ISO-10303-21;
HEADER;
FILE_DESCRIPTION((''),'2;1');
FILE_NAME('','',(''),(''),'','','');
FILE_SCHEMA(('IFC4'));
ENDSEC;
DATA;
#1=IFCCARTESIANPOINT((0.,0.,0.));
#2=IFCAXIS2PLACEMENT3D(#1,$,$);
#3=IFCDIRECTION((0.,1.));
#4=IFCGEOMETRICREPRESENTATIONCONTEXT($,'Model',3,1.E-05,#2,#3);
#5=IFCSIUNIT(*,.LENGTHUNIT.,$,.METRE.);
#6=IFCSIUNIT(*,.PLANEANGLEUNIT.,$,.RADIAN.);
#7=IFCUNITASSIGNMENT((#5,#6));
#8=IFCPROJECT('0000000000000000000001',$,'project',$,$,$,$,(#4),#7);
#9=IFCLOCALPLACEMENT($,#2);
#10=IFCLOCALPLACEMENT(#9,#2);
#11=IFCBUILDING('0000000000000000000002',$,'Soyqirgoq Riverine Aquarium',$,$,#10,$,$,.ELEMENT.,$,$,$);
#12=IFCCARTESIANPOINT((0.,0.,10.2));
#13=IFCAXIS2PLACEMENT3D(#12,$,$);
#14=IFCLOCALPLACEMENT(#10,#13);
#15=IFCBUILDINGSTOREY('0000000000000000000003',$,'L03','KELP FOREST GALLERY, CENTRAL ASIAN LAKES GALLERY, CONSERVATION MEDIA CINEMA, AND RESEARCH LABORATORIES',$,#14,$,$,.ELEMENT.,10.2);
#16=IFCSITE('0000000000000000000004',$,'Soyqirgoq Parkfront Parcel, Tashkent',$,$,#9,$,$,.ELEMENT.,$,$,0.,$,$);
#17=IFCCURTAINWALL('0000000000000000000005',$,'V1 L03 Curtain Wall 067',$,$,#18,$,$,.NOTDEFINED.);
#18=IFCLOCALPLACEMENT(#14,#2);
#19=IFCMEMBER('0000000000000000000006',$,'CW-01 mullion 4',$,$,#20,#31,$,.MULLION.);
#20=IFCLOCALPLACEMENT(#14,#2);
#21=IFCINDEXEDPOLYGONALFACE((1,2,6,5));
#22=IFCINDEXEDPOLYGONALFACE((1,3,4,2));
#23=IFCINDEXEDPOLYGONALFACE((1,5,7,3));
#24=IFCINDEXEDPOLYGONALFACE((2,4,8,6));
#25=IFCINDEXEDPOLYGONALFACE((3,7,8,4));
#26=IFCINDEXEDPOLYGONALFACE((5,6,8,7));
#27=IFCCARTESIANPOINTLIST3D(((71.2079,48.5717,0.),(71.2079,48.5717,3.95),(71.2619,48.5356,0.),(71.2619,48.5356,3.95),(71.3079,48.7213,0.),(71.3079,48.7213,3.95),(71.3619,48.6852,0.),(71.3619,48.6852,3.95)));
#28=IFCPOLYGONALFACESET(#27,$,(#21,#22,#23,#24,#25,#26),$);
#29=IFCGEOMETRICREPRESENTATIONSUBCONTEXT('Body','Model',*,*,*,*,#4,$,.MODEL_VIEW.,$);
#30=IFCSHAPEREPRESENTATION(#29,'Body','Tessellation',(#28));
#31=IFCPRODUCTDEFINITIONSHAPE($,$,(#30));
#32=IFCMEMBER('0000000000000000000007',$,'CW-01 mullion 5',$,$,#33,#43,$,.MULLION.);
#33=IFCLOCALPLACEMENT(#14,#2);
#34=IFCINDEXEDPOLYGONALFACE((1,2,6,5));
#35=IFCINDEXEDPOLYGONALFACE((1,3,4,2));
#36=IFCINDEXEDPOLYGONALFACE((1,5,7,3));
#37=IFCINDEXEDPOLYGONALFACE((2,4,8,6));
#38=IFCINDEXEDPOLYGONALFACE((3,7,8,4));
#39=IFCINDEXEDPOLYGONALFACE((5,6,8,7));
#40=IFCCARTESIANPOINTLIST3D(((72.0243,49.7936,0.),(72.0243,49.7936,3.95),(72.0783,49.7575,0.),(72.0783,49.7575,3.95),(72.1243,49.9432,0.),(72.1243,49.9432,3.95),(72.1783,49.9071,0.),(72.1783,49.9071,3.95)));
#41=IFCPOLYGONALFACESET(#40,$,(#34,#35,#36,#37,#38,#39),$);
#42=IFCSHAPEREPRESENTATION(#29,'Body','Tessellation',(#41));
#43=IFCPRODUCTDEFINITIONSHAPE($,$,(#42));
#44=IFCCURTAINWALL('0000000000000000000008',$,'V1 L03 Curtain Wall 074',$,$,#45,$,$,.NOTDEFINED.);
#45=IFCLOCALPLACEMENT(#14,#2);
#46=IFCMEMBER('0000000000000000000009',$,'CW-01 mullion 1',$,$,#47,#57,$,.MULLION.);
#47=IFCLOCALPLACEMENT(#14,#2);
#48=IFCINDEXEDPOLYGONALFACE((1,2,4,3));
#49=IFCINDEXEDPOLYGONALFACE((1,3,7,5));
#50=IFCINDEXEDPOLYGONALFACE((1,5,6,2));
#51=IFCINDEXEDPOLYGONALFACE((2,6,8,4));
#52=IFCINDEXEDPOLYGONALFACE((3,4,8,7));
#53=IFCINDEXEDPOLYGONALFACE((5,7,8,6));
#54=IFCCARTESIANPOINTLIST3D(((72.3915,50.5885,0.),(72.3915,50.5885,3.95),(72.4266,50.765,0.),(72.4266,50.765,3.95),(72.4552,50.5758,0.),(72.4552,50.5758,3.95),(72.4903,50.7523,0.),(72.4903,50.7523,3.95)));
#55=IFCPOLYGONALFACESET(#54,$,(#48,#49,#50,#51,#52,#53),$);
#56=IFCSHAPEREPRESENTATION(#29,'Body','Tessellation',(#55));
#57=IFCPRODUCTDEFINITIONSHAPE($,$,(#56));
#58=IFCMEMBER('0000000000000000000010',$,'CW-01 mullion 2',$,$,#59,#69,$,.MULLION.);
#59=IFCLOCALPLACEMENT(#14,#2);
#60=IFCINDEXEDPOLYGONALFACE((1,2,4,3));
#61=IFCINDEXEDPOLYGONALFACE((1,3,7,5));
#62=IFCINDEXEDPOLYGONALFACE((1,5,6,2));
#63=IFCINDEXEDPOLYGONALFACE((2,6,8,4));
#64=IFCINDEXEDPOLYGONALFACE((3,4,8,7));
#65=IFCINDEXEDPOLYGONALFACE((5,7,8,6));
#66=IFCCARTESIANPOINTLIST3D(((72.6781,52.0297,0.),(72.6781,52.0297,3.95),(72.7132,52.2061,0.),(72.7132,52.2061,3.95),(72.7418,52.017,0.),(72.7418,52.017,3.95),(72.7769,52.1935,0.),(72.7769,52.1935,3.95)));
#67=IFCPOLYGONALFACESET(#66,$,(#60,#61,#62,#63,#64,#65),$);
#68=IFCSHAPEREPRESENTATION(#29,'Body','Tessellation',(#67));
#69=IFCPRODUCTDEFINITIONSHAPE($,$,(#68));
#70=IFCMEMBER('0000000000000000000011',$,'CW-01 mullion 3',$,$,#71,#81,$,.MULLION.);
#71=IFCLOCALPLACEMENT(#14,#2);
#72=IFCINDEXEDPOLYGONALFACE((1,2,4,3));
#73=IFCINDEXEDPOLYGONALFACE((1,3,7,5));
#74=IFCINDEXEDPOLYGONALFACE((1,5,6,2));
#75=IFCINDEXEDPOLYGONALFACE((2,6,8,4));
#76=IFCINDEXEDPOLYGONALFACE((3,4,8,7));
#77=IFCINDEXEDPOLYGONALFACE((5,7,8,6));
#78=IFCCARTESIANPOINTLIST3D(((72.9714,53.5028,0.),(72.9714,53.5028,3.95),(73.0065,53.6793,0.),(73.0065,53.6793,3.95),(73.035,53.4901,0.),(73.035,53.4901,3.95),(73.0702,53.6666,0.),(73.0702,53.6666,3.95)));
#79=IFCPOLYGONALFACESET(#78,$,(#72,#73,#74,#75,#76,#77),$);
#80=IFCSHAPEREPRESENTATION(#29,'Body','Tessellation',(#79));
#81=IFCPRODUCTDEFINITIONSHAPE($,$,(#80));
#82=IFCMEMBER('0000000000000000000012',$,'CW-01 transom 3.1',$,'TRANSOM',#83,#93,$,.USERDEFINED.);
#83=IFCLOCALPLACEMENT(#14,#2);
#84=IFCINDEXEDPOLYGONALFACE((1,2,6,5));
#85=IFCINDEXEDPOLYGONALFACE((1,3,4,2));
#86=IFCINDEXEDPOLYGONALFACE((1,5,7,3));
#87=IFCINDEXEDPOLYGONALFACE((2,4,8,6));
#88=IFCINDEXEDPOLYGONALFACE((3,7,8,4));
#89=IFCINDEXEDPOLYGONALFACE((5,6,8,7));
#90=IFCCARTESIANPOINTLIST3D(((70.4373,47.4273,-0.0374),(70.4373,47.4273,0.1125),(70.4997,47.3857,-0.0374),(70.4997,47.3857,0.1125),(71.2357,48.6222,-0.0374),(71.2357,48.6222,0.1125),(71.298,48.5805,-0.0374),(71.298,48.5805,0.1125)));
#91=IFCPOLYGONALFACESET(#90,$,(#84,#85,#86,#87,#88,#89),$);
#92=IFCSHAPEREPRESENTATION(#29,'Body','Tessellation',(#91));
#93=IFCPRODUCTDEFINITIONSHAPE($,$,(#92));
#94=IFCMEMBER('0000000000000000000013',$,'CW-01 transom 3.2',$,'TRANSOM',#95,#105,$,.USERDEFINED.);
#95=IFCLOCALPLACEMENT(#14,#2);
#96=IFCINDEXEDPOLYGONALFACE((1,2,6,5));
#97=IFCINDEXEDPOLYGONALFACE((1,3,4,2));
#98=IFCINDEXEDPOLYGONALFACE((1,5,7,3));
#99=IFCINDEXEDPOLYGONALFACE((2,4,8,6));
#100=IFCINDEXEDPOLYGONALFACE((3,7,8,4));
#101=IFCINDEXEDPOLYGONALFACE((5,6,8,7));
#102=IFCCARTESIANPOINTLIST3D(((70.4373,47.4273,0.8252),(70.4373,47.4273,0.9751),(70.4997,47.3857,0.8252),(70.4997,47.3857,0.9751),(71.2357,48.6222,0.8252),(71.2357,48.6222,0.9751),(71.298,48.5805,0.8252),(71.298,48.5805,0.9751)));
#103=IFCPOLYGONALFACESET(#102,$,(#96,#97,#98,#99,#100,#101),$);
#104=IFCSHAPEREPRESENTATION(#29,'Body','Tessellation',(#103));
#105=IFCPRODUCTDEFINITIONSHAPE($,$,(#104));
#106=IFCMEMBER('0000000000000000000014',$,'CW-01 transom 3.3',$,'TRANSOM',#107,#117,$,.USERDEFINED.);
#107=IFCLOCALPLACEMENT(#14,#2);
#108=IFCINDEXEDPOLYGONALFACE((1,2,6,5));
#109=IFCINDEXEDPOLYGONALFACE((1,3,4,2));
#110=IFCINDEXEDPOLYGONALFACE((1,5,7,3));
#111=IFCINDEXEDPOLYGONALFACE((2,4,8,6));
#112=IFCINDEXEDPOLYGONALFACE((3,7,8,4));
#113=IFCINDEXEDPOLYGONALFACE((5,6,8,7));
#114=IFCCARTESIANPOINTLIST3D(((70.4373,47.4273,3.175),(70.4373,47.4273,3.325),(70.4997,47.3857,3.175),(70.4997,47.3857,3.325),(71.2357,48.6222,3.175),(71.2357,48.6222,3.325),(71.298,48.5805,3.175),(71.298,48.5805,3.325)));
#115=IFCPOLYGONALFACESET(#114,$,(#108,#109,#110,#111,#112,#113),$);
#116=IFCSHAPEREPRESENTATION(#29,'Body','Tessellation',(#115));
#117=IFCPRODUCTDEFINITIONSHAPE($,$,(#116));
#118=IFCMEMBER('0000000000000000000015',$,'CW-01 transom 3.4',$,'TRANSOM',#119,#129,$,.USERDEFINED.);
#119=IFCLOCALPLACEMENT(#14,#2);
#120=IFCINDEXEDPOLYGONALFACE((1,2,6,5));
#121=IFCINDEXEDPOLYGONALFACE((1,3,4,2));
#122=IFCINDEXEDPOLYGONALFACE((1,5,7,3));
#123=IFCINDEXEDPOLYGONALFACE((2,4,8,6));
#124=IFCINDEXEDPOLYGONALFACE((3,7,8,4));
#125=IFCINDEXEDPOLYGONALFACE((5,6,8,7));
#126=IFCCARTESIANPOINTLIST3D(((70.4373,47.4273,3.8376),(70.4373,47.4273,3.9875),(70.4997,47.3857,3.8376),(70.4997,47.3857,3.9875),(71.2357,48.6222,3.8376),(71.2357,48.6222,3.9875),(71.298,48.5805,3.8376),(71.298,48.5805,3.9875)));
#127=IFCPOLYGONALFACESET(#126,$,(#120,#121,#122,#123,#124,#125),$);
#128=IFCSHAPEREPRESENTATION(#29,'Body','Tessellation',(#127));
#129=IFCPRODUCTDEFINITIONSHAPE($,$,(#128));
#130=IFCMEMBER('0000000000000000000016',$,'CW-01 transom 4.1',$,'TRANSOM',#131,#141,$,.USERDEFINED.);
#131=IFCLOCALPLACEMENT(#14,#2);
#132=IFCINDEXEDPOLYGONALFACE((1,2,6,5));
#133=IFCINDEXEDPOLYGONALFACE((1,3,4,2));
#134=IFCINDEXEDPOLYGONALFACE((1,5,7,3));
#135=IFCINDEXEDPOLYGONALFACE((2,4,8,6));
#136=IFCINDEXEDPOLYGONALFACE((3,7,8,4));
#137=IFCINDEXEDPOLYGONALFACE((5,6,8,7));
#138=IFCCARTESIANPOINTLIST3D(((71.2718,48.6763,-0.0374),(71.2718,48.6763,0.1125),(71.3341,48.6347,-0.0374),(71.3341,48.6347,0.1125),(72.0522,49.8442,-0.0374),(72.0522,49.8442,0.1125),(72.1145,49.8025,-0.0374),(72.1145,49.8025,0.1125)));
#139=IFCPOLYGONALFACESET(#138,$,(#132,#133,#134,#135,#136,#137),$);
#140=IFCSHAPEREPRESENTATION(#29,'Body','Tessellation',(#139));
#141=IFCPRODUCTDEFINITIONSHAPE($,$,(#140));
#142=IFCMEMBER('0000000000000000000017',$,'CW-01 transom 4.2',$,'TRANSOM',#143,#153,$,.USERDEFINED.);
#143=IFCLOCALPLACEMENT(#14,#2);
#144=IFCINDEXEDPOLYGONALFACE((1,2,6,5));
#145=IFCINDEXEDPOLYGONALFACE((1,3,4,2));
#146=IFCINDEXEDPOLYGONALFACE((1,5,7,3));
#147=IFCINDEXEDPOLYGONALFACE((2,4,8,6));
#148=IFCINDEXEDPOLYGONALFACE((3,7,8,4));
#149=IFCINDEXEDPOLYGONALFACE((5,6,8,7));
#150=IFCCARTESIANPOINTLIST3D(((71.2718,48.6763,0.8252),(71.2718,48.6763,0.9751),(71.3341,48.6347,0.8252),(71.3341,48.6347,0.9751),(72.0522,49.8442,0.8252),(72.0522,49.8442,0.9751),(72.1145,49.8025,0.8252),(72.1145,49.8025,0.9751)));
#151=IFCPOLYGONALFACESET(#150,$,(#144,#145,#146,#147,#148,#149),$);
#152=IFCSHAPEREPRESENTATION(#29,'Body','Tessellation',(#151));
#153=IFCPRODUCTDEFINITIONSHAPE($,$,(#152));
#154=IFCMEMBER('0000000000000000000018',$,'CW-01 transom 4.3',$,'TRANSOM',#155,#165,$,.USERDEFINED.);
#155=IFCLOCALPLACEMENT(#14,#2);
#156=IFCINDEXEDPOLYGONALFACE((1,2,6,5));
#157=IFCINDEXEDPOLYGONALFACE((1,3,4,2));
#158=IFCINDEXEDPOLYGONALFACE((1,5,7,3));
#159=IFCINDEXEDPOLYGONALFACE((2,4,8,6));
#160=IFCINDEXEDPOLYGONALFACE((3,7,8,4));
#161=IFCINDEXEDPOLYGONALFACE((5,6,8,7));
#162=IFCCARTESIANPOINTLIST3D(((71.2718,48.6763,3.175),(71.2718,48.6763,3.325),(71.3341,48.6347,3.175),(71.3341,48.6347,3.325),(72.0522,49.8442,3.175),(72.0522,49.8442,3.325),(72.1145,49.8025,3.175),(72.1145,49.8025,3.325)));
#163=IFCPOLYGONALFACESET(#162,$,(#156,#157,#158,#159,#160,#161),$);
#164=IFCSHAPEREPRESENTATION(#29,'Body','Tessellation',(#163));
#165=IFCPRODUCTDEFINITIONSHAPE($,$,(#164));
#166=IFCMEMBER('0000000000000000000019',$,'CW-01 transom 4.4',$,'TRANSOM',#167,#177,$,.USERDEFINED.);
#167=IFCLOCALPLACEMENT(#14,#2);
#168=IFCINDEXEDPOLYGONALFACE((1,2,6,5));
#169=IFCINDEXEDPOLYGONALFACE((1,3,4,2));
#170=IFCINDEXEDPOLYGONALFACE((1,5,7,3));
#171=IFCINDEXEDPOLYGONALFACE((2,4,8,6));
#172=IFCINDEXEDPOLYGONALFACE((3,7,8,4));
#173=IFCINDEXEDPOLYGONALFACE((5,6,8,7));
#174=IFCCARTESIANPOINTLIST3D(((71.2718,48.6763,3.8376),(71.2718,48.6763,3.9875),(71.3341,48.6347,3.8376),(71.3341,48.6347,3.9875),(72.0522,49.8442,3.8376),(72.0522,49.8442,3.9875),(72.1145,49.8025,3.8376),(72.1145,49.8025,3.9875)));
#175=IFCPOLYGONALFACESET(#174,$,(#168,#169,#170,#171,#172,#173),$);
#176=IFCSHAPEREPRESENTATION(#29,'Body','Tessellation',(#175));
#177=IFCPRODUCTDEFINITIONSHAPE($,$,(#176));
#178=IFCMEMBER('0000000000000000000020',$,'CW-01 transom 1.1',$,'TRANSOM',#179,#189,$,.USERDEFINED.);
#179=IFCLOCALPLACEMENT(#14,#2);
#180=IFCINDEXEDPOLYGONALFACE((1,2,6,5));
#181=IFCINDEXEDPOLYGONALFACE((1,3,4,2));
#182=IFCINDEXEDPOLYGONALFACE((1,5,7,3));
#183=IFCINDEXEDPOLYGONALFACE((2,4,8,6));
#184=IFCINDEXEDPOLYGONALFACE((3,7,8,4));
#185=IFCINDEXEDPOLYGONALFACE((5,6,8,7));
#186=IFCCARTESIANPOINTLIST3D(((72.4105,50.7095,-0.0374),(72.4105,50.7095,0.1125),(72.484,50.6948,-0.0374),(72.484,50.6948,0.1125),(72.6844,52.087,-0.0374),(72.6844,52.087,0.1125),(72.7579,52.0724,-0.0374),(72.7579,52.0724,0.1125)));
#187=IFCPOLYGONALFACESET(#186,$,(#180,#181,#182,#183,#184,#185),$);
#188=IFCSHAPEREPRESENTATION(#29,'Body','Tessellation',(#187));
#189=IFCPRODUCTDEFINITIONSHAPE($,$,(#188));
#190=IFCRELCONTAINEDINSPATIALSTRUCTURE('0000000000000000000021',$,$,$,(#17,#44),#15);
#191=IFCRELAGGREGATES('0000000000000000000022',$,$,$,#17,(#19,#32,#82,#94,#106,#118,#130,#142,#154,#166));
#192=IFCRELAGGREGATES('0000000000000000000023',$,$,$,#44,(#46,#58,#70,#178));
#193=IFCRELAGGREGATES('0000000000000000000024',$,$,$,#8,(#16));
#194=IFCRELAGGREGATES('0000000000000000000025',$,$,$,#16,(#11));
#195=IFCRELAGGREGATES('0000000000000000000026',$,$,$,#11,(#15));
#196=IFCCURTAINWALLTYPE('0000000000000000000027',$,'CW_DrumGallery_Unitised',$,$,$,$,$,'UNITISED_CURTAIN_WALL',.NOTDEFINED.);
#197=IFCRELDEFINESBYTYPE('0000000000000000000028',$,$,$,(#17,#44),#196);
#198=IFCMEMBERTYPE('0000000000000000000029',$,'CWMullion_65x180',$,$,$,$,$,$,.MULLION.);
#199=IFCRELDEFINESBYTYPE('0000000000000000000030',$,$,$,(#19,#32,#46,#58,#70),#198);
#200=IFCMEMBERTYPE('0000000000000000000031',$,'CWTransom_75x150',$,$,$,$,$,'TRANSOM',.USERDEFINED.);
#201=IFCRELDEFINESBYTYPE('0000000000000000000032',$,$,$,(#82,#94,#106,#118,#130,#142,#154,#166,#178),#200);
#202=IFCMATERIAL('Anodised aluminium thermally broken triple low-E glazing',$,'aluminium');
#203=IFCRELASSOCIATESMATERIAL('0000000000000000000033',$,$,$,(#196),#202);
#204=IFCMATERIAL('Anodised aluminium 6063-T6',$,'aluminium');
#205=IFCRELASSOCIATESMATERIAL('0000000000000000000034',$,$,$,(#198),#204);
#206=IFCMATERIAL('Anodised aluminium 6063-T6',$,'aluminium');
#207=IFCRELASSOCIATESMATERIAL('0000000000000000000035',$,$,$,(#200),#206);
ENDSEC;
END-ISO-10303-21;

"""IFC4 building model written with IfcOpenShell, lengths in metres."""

from ifc_helpers import new_model, si_unit, direction, frame, origin, origin_2d, place, context, subcontext, project, spatial, rectangle, extrude, material, material_profile, profile_set, type_object, element, aggregate, save


model = new_model("IFC4")

# Units and contexts
model_context = context("Model", 3, precision=1e-05, world=origin(), true_north=direction((0.0, 1.0)))
body_context = subcontext(model_context, "Body", "Model", "MODEL_VIEW")
ifc_project = project(units=[si_unit("LENGTHUNIT", "METRE"), si_unit("PLANEANGLEUNIT", "RADIAN")], contexts=[model_context])

# Site, building, storey
site_placement = place(None, origin())
site = spatial("IfcSite", under=ifc_project, at=site_placement, Name="Soyqirgoq Parkfront Parcel, Tashkent", CompositionType="ELEMENT", RefElevation=0.0)
building_placement = place(site_placement, origin())
building = spatial("IfcBuilding", under=site, at=building_placement, Name="Soyqirgoq Riverine Aquarium", CompositionType="ELEMENT")
storey_placement = place(building_placement, frame((0.0, 0.0, 10.2)))
storey = spatial("IfcBuildingStorey", under=building, at=storey_placement, Name="L03", Description="KELP FOREST GALLERY, CENTRAL ASIAN LAKES GALLERY, CONSERVATION MEDIA CINEMA, AND RESEARCH LABORATORIES", CompositionType="ELEMENT", Elevation=10.2)

# Curtain walls, members
ifc_material_1 = material(Name="Anodised aluminium thermally broken triple low-E glazing", Category="aluminium")
curtain_wall_type = type_object("IfcCurtainWallType", Name="CW_DrumGallery_Unitised", ElementType="UNITISED_CURTAIN_WALL", PredefinedType="NOTDEFINED", material=ifc_material_1)
curtain_wall_1_placement = place(storey_placement, origin())
curtain_wall_1 = element("IfcCurtainWall", 1, at=curtain_wall_1_placement, inside=storey, type_object=curtain_wall_type, Name="V1 L03 Curtain Wall 067", PredefinedType="NOTDEFINED")
ifc_material_2 = material(Name="Anodised aluminium 6063-T6", Category="aluminium")
ifc_material_profile_1 = material_profile(ifc_material_2, rectangle(XDim=0.0649, YDim=0.1799, at=origin_2d()), Name="ALU-M 65x180")
ifc_profile_set_1 = profile_set([ifc_material_profile_1], Name="Anodised aluminium 6063-T6")
member_type_1 = type_object("IfcMemberType", Name="CWMullion_65x180", PredefinedType="MULLION", material=ifc_profile_set_1)
member_1_placement = place(storey_placement, frame((71.2849, 48.6284, 0.0), z_axis=(0.0, 0.0, 1.0), x_axis=(-0.831469, 0.555572, 0.0)))
member_1 = element("IfcMember", 2, at=member_1_placement, type_object=member_type_1, Name="CW-01 mullion 4", PredefinedType="MULLION", context=body_context, shape_type="SweptSolid", body=[
    extrude(rectangle(XDim=0.0649, YDim=0.1799, at=origin_2d()), origin(), (0.0, 0.0, 1.0), 3.95),
])
member_2_placement = place(storey_placement, frame((72.1013, 49.8503, 0.0), z_axis=(0.0, 0.0, 1.0), x_axis=(-0.831469, 0.555572, 0.0)))
member_2 = element("IfcMember", 3, at=member_2_placement, type_object=member_type_1, Name="CW-01 mullion 5", PredefinedType="MULLION", context=body_context, shape_type="SweptSolid", body=[
    extrude(rectangle(XDim=0.0649, YDim=0.1799, at=origin_2d()), origin(), (0.0, 0.0, 1.0), 3.95),
])
curtain_wall_2_placement = place(storey_placement, origin())
curtain_wall_2 = element("IfcCurtainWall", 4, at=curtain_wall_2_placement, inside=storey, type_object=curtain_wall_type, Name="V1 L03 Curtain Wall 074", PredefinedType="NOTDEFINED")
member_3_placement = place(storey_placement, frame((72.4409, 50.6704, 0.0), z_axis=(0.0, 0.0, 1.0), x_axis=(-0.980784, 0.195095, 0.0)))
member_3 = element("IfcMember", 5, at=member_3_placement, type_object=member_type_1, Name="CW-01 mullion 1", PredefinedType="MULLION", context=body_context, shape_type="SweptSolid", body=[
    extrude(rectangle(XDim=0.0649, YDim=0.1799, at=origin_2d()), origin(), (0.0, 0.0, 1.0), 3.95),
])
member_4_placement = place(storey_placement, frame((72.7275, 52.1116, 0.0), z_axis=(0.0, 0.0, 1.0), x_axis=(-0.980784, 0.195095, 0.0)))
member_4 = element("IfcMember", 6, at=member_4_placement, type_object=member_type_1, Name="CW-01 mullion 2", PredefinedType="MULLION", context=body_context, shape_type="SweptSolid", body=[
    extrude(rectangle(XDim=0.0649, YDim=0.1799, at=origin_2d()), origin(), (0.0, 0.0, 1.0), 3.95),
])
member_5_placement = place(storey_placement, frame((73.0208, 53.5847, 0.0), z_axis=(0.0, 0.0, 1.0), x_axis=(-0.980784, 0.195095, 0.0)))
member_5 = element("IfcMember", 7, at=member_5_placement, type_object=member_type_1, Name="CW-01 mullion 3", PredefinedType="MULLION", context=body_context, shape_type="SweptSolid", body=[
    extrude(rectangle(XDim=0.0649, YDim=0.1799, at=origin_2d()), origin(), (0.0, 0.0, 1.0), 3.95),
])

# Members
ifc_material_3 = material(Name="Anodised aluminium 6063-T6", Category="aluminium")
ifc_material_profile_2 = material_profile(ifc_material_3, rectangle(XDim=0.075, YDim=0.1499, at=origin_2d()), Name="ALU-T 75x150")
ifc_profile_set_2 = profile_set([ifc_material_profile_2], Name="Anodised aluminium 6063-T6")
member_type_2 = type_object("IfcMemberType", Name="CWTransom_75x150", ElementType="TRANSOM", PredefinedType="USERDEFINED", material=ifc_profile_set_2)
member_6_placement = place(storey_placement, frame((70.4685, 47.4065, 0.0376), z_axis=(0.555562, 0.831475, 0.0), x_axis=(-0.831475, 0.555562, 0.0)))
member_6 = element("IfcMember", 8, at=member_6_placement, type_object=member_type_2, Name="CW-01 transom 3.1", ObjectType="TRANSOM", PredefinedType="USERDEFINED", context=body_context, shape_type="SweptSolid", body=[
    extrude(rectangle(XDim=0.075, YDim=0.1499, at=origin_2d()), origin(), (0.0, 0.0, 1.0), 1.437),
])
member_7_placement = place(storey_placement, frame((70.4685, 47.4065, 0.9001), z_axis=(0.555562, 0.831475, 0.0), x_axis=(-0.831475, 0.555562, 0.0)))
member_7 = element("IfcMember", 9, at=member_7_placement, type_object=member_type_2, Name="CW-01 transom 3.2", ObjectType="TRANSOM", PredefinedType="USERDEFINED", context=body_context, shape_type="SweptSolid", body=[
    extrude(rectangle(XDim=0.075, YDim=0.1499, at=origin_2d()), origin(), (0.0, 0.0, 1.0), 1.437),
])
member_8_placement = place(storey_placement, frame((70.4685, 47.4065, 3.25), z_axis=(0.555562, 0.831475, 0.0), x_axis=(-0.831475, 0.555562, 0.0)))
member_8 = element("IfcMember", 10, at=member_8_placement, type_object=member_type_2, Name="CW-01 transom 3.3", ObjectType="TRANSOM", PredefinedType="USERDEFINED", context=body_context, shape_type="SweptSolid", body=[
    extrude(rectangle(XDim=0.075, YDim=0.1499, at=origin_2d()), origin(), (0.0, 0.0, 1.0), 1.437),
])
member_9_placement = place(storey_placement, frame((70.4685, 47.4065, 3.9126), z_axis=(0.555562, 0.831475, 0.0), x_axis=(-0.831475, 0.555562, 0.0)))
member_9 = element("IfcMember", 11, at=member_9_placement, type_object=member_type_2, Name="CW-01 transom 3.4", ObjectType="TRANSOM", PredefinedType="USERDEFINED", context=body_context, shape_type="SweptSolid", body=[
    extrude(rectangle(XDim=0.075, YDim=0.1499, at=origin_2d()), origin(), (0.0, 0.0, 1.0), 1.437),
])
member_10_placement = place(storey_placement, frame((71.303, 48.6555, 0.0376), z_axis=(0.555582, 0.831461, 0.0), x_axis=(-0.831461, 0.555582, 0.0)))
member_10 = element("IfcMember", 12, at=member_10_placement, type_object=member_type_2, Name="CW-01 transom 4.1", ObjectType="TRANSOM", PredefinedType="USERDEFINED", context=body_context, shape_type="SweptSolid", body=[
    extrude(rectangle(XDim=0.075, YDim=0.1499, at=origin_2d()), origin(), (0.0, 0.0, 1.0), 1.4045),
])
member_11_placement = place(storey_placement, frame((71.303, 48.6555, 0.9001), z_axis=(0.555582, 0.831461, 0.0), x_axis=(-0.831461, 0.555582, 0.0)))
member_11 = element("IfcMember", 13, at=member_11_placement, type_object=member_type_2, Name="CW-01 transom 4.2", ObjectType="TRANSOM", PredefinedType="USERDEFINED", context=body_context, shape_type="SweptSolid", body=[
    extrude(rectangle(XDim=0.075, YDim=0.1499, at=origin_2d()), origin(), (0.0, 0.0, 1.0), 1.4045),
])
member_12_placement = place(storey_placement, frame((71.303, 48.6555, 3.25), z_axis=(0.555582, 0.831461, 0.0), x_axis=(-0.831461, 0.555582, 0.0)))
member_12 = element("IfcMember", 14, at=member_12_placement, type_object=member_type_2, Name="CW-01 transom 4.3", ObjectType="TRANSOM", PredefinedType="USERDEFINED", context=body_context, shape_type="SweptSolid", body=[
    extrude(rectangle(XDim=0.075, YDim=0.1499, at=origin_2d()), origin(), (0.0, 0.0, 1.0), 1.4045),
])
member_13_placement = place(storey_placement, frame((71.303, 48.6555, 3.9126), z_axis=(0.555582, 0.831461, 0.0), x_axis=(-0.831461, 0.555582, 0.0)))
member_13 = element("IfcMember", 15, at=member_13_placement, type_object=member_type_2, Name="CW-01 transom 4.4", ObjectType="TRANSOM", PredefinedType="USERDEFINED", context=body_context, shape_type="SweptSolid", body=[
    extrude(rectangle(XDim=0.075, YDim=0.1499, at=origin_2d()), origin(), (0.0, 0.0, 1.0), 1.4045),
])
member_14_placement = place(storey_placement, frame((72.4473, 50.7021, 0.0376), z_axis=(0.195013, 0.980801, 0.0), x_axis=(-0.980801, 0.195013, 0.0)))
member_14 = element("IfcMember", 16, at=member_14_placement, type_object=member_type_2, Name="CW-01 transom 1.1", ObjectType="TRANSOM", PredefinedType="USERDEFINED", context=body_context, shape_type="SweptSolid", body=[
    extrude(rectangle(XDim=0.075, YDim=0.1499, at=origin_2d()), origin(), (0.0, 0.0, 1.0), 1.4045),
])

aggregate(curtain_wall_1, [member_1, member_2, member_6, member_7, member_8, member_9, member_10, member_11, member_12, member_13])
aggregate(curtain_wall_2, [member_3, member_4, member_5, member_14])

save(model, "model.ifc")
